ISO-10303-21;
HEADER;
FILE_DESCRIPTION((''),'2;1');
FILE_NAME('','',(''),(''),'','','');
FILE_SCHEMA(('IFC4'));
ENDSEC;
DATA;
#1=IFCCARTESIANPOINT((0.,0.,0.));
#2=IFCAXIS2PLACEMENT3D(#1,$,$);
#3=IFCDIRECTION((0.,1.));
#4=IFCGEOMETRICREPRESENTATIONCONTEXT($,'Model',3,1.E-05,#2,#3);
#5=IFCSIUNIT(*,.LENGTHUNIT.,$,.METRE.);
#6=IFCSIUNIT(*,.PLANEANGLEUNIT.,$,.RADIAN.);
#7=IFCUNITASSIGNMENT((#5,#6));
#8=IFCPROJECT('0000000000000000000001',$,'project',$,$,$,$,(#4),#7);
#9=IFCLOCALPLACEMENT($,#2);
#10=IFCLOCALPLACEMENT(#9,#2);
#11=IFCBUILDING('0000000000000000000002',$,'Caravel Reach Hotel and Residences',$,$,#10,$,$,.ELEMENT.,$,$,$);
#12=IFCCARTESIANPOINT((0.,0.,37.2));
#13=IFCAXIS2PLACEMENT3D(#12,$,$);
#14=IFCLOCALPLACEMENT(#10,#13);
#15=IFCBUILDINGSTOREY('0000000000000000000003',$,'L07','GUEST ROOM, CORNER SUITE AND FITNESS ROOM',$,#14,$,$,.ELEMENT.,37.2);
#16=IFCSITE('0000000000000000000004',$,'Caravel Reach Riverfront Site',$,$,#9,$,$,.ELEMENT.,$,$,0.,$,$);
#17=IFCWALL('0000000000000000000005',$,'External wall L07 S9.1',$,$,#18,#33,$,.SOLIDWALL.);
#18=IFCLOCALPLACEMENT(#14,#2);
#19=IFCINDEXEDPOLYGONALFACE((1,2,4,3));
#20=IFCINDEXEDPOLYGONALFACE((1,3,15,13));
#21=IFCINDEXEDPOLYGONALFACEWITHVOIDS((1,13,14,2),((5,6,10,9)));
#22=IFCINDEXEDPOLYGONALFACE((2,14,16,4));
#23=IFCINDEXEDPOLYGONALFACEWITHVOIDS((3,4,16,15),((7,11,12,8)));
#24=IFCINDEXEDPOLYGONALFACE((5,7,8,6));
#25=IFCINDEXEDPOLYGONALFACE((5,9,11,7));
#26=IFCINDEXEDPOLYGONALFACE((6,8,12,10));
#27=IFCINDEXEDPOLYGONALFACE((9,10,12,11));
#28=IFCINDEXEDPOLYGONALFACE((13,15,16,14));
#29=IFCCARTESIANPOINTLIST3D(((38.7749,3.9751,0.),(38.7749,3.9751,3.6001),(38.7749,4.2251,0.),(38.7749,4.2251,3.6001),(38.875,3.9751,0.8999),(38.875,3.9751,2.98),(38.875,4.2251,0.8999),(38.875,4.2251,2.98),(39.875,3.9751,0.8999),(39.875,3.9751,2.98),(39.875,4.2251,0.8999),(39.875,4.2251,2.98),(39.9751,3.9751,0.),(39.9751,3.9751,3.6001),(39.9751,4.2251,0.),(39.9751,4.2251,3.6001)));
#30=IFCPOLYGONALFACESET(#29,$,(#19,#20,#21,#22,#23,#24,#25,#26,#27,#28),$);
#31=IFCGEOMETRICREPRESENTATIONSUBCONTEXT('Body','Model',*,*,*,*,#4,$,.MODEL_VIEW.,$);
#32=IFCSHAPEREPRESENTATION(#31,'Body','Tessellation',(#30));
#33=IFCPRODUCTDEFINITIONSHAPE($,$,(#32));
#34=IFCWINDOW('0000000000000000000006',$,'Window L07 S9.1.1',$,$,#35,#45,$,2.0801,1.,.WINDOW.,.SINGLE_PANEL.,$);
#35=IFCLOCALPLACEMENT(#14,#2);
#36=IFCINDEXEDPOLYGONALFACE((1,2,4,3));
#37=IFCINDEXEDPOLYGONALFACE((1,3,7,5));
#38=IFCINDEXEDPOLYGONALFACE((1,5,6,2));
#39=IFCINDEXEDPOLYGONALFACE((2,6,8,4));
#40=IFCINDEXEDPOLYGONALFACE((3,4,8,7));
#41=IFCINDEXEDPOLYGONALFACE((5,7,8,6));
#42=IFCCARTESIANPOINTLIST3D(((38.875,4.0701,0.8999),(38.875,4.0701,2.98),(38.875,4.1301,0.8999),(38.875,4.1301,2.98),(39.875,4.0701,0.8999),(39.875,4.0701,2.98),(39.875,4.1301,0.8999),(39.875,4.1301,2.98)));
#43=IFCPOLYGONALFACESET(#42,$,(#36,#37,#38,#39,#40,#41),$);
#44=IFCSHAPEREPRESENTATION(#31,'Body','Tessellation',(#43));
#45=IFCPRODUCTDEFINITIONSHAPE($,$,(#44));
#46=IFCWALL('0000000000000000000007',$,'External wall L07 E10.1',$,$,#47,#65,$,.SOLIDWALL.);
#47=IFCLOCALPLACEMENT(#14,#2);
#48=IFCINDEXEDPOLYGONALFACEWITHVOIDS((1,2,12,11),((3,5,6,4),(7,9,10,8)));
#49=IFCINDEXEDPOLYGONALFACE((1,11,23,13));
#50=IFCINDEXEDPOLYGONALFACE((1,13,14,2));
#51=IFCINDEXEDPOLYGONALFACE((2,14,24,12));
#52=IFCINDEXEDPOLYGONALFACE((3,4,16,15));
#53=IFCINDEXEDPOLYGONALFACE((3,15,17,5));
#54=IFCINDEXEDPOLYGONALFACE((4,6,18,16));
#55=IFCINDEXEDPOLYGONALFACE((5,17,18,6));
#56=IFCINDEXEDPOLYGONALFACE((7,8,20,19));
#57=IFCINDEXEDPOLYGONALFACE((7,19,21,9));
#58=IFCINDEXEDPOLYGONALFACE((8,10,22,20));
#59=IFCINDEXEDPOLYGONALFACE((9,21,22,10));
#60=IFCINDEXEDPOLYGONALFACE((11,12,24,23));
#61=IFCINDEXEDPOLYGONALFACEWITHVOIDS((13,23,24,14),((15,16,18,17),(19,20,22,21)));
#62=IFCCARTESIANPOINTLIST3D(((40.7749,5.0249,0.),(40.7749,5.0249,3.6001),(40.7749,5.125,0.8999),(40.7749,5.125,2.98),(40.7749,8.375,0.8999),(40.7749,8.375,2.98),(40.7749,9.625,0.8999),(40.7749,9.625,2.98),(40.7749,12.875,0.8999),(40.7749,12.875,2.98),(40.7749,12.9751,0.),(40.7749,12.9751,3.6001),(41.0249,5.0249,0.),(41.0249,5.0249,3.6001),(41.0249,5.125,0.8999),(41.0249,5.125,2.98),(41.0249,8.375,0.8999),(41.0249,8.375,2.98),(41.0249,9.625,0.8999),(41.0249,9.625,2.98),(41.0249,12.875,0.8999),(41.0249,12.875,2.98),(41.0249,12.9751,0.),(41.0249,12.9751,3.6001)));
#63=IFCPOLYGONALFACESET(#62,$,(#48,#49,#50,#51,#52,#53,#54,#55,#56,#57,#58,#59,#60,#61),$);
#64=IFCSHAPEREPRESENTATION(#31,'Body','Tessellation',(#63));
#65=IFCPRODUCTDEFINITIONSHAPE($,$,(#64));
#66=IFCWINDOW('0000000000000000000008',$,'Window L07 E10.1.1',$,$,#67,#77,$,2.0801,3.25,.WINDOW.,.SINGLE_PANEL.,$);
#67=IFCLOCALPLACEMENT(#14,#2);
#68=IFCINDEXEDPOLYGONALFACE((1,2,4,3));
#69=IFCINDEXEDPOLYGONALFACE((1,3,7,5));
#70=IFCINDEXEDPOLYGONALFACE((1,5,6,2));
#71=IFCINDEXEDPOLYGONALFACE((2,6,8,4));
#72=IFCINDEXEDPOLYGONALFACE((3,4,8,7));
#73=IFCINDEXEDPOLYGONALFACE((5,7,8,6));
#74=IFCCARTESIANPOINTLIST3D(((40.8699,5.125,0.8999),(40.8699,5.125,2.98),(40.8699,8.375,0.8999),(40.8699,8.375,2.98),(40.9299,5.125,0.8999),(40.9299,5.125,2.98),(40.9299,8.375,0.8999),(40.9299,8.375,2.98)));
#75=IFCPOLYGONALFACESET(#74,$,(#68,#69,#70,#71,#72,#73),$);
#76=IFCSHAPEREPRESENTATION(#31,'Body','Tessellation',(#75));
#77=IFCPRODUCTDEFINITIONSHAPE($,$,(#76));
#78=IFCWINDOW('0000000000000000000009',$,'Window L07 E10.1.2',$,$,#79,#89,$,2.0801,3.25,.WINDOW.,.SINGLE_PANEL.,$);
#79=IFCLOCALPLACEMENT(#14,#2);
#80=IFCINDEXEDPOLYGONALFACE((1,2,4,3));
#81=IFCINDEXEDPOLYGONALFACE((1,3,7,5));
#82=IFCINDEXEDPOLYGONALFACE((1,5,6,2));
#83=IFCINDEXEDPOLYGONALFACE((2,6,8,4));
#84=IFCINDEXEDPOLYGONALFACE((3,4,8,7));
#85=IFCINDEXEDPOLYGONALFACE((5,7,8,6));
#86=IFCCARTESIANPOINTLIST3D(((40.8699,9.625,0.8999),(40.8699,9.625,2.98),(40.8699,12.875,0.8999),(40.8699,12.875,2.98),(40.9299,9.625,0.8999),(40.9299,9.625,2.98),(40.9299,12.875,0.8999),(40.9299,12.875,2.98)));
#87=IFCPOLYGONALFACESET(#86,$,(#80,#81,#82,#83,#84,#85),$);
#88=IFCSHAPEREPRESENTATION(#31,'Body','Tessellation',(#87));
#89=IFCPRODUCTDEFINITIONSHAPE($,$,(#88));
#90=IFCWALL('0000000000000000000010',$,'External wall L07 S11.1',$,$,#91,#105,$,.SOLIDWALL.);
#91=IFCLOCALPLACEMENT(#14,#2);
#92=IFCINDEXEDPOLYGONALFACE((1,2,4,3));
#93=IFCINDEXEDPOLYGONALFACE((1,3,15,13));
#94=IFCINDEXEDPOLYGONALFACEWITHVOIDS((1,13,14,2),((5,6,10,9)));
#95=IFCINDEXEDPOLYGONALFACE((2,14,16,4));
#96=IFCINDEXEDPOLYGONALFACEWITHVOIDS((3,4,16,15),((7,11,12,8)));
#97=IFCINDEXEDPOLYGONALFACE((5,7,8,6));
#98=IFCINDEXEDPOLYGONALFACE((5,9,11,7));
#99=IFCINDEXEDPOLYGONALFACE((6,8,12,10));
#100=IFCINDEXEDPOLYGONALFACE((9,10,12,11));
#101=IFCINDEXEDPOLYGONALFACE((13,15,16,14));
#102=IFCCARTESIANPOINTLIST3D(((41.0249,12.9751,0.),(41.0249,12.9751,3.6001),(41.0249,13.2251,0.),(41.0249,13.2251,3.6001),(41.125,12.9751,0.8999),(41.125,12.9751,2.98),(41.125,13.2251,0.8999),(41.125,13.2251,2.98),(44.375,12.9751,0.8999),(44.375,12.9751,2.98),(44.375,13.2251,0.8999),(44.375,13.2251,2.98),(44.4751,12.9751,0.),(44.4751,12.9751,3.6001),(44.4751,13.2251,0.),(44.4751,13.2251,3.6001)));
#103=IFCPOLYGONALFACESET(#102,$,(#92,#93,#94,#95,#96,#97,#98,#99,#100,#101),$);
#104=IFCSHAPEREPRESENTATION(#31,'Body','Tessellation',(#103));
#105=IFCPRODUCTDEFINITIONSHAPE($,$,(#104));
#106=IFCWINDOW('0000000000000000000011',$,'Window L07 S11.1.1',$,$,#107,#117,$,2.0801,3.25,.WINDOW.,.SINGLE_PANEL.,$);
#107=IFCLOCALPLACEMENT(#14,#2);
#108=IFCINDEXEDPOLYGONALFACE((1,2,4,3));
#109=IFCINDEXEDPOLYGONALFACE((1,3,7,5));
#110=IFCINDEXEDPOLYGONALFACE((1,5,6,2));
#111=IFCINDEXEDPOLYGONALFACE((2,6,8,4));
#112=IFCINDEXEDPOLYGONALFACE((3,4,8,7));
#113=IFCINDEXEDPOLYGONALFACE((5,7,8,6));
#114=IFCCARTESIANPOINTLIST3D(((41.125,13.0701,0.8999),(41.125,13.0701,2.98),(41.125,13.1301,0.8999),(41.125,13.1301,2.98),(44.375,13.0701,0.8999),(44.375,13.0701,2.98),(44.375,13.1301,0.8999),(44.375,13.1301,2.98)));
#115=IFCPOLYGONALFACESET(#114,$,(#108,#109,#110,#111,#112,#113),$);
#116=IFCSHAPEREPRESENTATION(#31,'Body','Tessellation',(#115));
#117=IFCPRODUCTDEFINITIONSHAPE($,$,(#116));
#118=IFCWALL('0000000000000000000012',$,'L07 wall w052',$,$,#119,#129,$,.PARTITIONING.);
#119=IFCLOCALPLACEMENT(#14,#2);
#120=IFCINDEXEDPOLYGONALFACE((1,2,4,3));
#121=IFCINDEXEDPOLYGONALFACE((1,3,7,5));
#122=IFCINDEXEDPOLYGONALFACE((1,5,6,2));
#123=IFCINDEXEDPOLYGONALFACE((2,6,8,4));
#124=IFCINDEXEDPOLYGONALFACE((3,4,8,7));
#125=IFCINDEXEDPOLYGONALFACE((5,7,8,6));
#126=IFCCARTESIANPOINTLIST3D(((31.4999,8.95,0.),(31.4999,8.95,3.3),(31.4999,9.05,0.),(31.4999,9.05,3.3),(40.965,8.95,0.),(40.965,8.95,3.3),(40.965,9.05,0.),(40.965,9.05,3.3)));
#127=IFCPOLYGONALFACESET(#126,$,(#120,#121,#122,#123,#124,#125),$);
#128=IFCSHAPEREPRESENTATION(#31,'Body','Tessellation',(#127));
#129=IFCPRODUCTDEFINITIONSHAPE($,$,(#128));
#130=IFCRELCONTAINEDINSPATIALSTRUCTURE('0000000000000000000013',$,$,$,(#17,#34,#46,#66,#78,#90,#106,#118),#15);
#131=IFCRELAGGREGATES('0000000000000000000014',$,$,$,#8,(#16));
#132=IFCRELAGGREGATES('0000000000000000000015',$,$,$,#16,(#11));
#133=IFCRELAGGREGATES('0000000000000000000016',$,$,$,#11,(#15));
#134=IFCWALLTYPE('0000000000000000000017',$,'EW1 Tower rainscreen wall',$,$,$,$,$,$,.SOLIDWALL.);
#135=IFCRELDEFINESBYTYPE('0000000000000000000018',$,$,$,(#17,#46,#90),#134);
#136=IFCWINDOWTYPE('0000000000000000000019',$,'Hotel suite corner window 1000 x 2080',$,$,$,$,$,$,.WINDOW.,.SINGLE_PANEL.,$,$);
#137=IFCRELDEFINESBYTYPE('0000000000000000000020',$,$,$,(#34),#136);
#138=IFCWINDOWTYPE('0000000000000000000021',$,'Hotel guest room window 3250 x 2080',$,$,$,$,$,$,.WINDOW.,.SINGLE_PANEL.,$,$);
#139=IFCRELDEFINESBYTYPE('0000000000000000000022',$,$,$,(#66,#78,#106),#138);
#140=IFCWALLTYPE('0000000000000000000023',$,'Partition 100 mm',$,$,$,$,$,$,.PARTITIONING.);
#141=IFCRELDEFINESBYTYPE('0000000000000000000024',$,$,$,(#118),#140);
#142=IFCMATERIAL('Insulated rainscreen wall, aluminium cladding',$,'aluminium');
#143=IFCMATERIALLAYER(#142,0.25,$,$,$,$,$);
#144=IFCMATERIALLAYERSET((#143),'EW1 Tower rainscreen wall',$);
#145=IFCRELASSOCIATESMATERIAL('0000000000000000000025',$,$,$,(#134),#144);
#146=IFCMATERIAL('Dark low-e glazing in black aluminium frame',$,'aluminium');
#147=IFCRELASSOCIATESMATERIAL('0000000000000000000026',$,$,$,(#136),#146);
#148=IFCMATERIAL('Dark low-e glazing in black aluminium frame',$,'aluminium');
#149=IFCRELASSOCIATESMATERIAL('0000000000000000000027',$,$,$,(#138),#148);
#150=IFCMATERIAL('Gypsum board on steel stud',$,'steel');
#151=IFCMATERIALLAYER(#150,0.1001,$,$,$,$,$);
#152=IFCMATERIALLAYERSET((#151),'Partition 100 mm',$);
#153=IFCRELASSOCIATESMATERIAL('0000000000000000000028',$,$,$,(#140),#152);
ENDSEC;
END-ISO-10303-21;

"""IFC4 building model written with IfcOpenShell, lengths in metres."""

from ifc_helpers import new_model, si_unit, direction, frame, frame_2d, origin, place, context, subcontext, project, spatial, rectangle, extrude, material, layer, layer_set, type_object, element, fill, save


model = new_model("IFC4")

# Units and contexts
model_context = context("Model", 3, precision=1e-05, world=origin(), true_north=direction((0.0, 1.0)))
body_context = subcontext(model_context, "Body", "Model", "MODEL_VIEW")
ifc_project = project(units=[si_unit("LENGTHUNIT", "METRE"), si_unit("PLANEANGLEUNIT", "RADIAN")], contexts=[model_context])

# Site, building, storey
site_placement = place(None, origin())
site = spatial("IfcSite", under=ifc_project, at=site_placement, Name="Caravel Reach Riverfront Site", CompositionType="ELEMENT", RefElevation=0.0)
building_placement = place(site_placement, origin())
building = spatial("IfcBuilding", under=site, at=building_placement, Name="Caravel Reach Hotel and Residences", CompositionType="ELEMENT")
storey_placement = place(building_placement, frame((0.0, 0.0, 37.2)))
storey = spatial("IfcBuildingStorey", under=building, at=storey_placement, Name="L07", Description="GUEST ROOM, CORNER SUITE AND FITNESS ROOM", CompositionType="ELEMENT", Elevation=37.2)

# Wall, opening, window
ifc_material_1 = material(Name="Insulated rainscreen wall, aluminium cladding", Category="aluminium")
ifc_layer_1 = layer(ifc_material_1, 0.25)
ifc_layer_set_1 = layer_set([ifc_layer_1], Name="EW1 Tower rainscreen wall")
wall_type_1 = type_object("IfcWallType", Name="EW1 Tower rainscreen wall", PredefinedType="SOLIDWALL", material=ifc_layer_set_1)
ifc_material_2 = material(Name="Dark low-e glazing in black aluminium frame", Category="aluminium")
window_type_1 = type_object("IfcWindowType", Name="Hotel suite corner window 1000 x 2080", PartitioningType="SINGLE_PANEL", PredefinedType="WINDOW", material=ifc_material_2)
wall_1_placement = place(storey_placement, frame((38.7749, 4.1001, 0.0), z_axis=(0.0, 0.0, 1.0), x_axis=(1.0, 0.0, 0.0)))
wall_1 = element("IfcWall", 1, at=wall_1_placement, inside=storey, type_object=wall_type_1, Name="External wall L07 S9.1", PredefinedType="SOLIDWALL", context=body_context, shape_type="SweptSolid", body=[
    extrude(rectangle(XDim=1.2002, YDim=0.25, at=frame_2d((0.6001, 0.0))), origin(), (0.0, 0.0, 1.0), 3.6001),
])
opening_1_placement = place(wall_1_placement, frame((0.1001, 0.0, 0.8999)))
opening_1 = element("IfcOpeningElement", 2, at=opening_1_placement, cuts=wall_1, PredefinedType="OPENING", context=body_context, shape_type="SweptSolid", body=[
    extrude(rectangle(XDim=1.0, YDim=2.0801, at=frame_2d((0.5, 1.04))), frame((0.0, 0.135, 0.0), z_axis=(0.0, -1.0, 0.0), x_axis=(1.0, 0.0, 0.0)), (0.0, 0.0, 1.0), 0.27),
])
window_1_placement = place(opening_1_placement, origin())
window_1 = element("IfcWindow", 3, at=window_1_placement, inside=storey, type_object=window_type_1, Name="Window L07 S9.1.1", OverallHeight=2.0801, OverallWidth=1.0, PartitioningType="SINGLE_PANEL", PredefinedType="WINDOW", context=body_context, shape_type="SweptSolid", body=[
    extrude(rectangle(XDim=1.0, YDim=2.0801, at=frame_2d((0.5, 1.04))), frame((0.0, 0.03, 0.0), z_axis=(0.0, -1.0, 0.0), x_axis=(1.0, 0.0, 0.0)), (0.0, 0.0, 1.0), 0.0601),
])
fill(opening_1, window_1)

# Wall, openings, windows
wall_2_placement = place(storey_placement, frame((40.8999, 5.0249, 0.0), z_axis=(0.0, 0.0, 1.0), x_axis=(0.0, 1.0, 0.0)))
wall_2 = element("IfcWall", 4, at=wall_2_placement, inside=storey, type_object=wall_type_1, Name="External wall L07 E10.1", PredefinedType="SOLIDWALL", context=body_context, shape_type="SweptSolid", body=[
    extrude(rectangle(XDim=7.9502, YDim=0.25, at=frame_2d((3.9751, 0.0))), origin(), (0.0, 0.0, 1.0), 3.6001),
])
opening_2_placement = place(wall_2_placement, frame((0.1001, 0.0, 0.8999)))
opening_2 = element("IfcOpeningElement", 5, at=opening_2_placement, cuts=wall_2, PredefinedType="OPENING", context=body_context, shape_type="SweptSolid", body=[
    extrude(rectangle(XDim=3.25, YDim=2.0801, at=frame_2d((1.625, 1.04))), frame((0.0, 0.135, 0.0), z_axis=(0.0, -1.0, 0.0), x_axis=(1.0, 0.0, 0.0)), (0.0, 0.0, 1.0), 0.27),
])
opening_3_placement = place(wall_2_placement, frame((4.6001, 0.0, 0.8999)))
opening_3 = element("IfcOpeningElement", 6, at=opening_3_placement, cuts=wall_2, PredefinedType="OPENING", context=body_context, shape_type="SweptSolid", body=[
    extrude(rectangle(XDim=3.25, YDim=2.0801, at=frame_2d((1.625, 1.04))), frame((0.0, 0.135, 0.0), z_axis=(0.0, -1.0, 0.0), x_axis=(1.0, 0.0, 0.0)), (0.0, 0.0, 1.0), 0.27),
])
ifc_material_3 = material(Name="Dark low-e glazing in black aluminium frame", Category="aluminium")
window_type_2 = type_object("IfcWindowType", Name="Hotel guest room window 3250 x 2080", PartitioningType="SINGLE_PANEL", PredefinedType="WINDOW", material=ifc_material_3)
window_2_placement = place(opening_2_placement, origin())
window_2 = element("IfcWindow", 7, at=window_2_placement, inside=storey, type_object=window_type_2, Name="Window L07 E10.1.1", OverallHeight=2.0801, OverallWidth=3.25, PartitioningType="SINGLE_PANEL", PredefinedType="WINDOW", context=body_context, shape_type="SweptSolid", body=[
    extrude(rectangle(XDim=3.25, YDim=2.0801, at=frame_2d((1.625, 1.04))), frame((0.0, 0.03, 0.0), z_axis=(0.0, -1.0, 0.0), x_axis=(1.0, 0.0, 0.0)), (0.0, 0.0, 1.0), 0.0601),
])
fill(opening_2, window_2)
window_3_placement = place(opening_3_placement, origin())
window_3 = element("IfcWindow", 8, at=window_3_placement, inside=storey, type_object=window_type_2, Name="Window L07 E10.1.2", OverallHeight=2.0801, OverallWidth=3.25, PartitioningType="SINGLE_PANEL", PredefinedType="WINDOW", context=body_context, shape_type="SweptSolid", body=[
    extrude(rectangle(XDim=3.25, YDim=2.0801, at=frame_2d((1.625, 1.04))), frame((0.0, 0.03, 0.0), z_axis=(0.0, -1.0, 0.0), x_axis=(1.0, 0.0, 0.0)), (0.0, 0.0, 1.0), 0.0601),
])
fill(opening_3, window_3)

# Wall, opening, window
wall_3_placement = place(storey_placement, frame((41.0249, 13.1001, 0.0), z_axis=(0.0, 0.0, 1.0), x_axis=(1.0, 0.0, 0.0)))
wall_3 = element("IfcWall", 9, at=wall_3_placement, inside=storey, type_object=wall_type_1, Name="External wall L07 S11.1", PredefinedType="SOLIDWALL", context=body_context, shape_type="SweptSolid", body=[
    extrude(rectangle(XDim=3.4502, YDim=0.25, at=frame_2d((1.7251, 0.0))), origin(), (0.0, 0.0, 1.0), 3.6001),
])
opening_4_placement = place(wall_3_placement, frame((0.1001, 0.0, 0.8999)))
opening_4 = element("IfcOpeningElement", 10, at=opening_4_placement, cuts=wall_3, PredefinedType="OPENING", context=body_context, shape_type="SweptSolid", body=[
    extrude(rectangle(XDim=3.25, YDim=2.0801, at=frame_2d((1.625, 1.04))), frame((0.0, 0.135, 0.0), z_axis=(0.0, -1.0, 0.0), x_axis=(1.0, 0.0, 0.0)), (0.0, 0.0, 1.0), 0.27),
])
window_4_placement = place(opening_4_placement, origin())
window_4 = element("IfcWindow", 11, at=window_4_placement, inside=storey, type_object=window_type_2, Name="Window L07 S11.1.1", OverallHeight=2.0801, OverallWidth=3.25, PartitioningType="SINGLE_PANEL", PredefinedType="WINDOW", context=body_context, shape_type="SweptSolid", body=[
    extrude(rectangle(XDim=3.25, YDim=2.0801, at=frame_2d((1.625, 1.04))), frame((0.0, 0.03, 0.0), z_axis=(0.0, -1.0, 0.0), x_axis=(1.0, 0.0, 0.0)), (0.0, 0.0, 1.0), 0.0601),
])
fill(opening_4, window_4)

# Wall
ifc_material_4 = material(Name="Gypsum board on steel stud", Category="steel")
ifc_layer_2 = layer(ifc_material_4, 0.1001)
ifc_layer_set_2 = layer_set([ifc_layer_2], Name="Partition 100 mm")
wall_type_2 = type_object("IfcWallType", Name="Partition 100 mm", PredefinedType="PARTITIONING", material=ifc_layer_set_2)
wall_4_placement = place(storey_placement, frame((31.5, 9.0, 0.0), z_axis=(0.0, 0.0, 1.0), x_axis=(1.0, 0.0, 0.0)))
element("IfcWall", 12, at=wall_4_placement, inside=storey, type_object=wall_type_2, Name="L07 wall w052", PredefinedType="PARTITIONING", context=body_context, shape_type="SweptSolid", body=[
    extrude(rectangle(XDim=9.4651, YDim=0.1001, at=frame_2d((4.7324, 0.0))), origin(), (0.0, 0.0, 1.0), 3.3),
])

save(model, "model.ifc")
